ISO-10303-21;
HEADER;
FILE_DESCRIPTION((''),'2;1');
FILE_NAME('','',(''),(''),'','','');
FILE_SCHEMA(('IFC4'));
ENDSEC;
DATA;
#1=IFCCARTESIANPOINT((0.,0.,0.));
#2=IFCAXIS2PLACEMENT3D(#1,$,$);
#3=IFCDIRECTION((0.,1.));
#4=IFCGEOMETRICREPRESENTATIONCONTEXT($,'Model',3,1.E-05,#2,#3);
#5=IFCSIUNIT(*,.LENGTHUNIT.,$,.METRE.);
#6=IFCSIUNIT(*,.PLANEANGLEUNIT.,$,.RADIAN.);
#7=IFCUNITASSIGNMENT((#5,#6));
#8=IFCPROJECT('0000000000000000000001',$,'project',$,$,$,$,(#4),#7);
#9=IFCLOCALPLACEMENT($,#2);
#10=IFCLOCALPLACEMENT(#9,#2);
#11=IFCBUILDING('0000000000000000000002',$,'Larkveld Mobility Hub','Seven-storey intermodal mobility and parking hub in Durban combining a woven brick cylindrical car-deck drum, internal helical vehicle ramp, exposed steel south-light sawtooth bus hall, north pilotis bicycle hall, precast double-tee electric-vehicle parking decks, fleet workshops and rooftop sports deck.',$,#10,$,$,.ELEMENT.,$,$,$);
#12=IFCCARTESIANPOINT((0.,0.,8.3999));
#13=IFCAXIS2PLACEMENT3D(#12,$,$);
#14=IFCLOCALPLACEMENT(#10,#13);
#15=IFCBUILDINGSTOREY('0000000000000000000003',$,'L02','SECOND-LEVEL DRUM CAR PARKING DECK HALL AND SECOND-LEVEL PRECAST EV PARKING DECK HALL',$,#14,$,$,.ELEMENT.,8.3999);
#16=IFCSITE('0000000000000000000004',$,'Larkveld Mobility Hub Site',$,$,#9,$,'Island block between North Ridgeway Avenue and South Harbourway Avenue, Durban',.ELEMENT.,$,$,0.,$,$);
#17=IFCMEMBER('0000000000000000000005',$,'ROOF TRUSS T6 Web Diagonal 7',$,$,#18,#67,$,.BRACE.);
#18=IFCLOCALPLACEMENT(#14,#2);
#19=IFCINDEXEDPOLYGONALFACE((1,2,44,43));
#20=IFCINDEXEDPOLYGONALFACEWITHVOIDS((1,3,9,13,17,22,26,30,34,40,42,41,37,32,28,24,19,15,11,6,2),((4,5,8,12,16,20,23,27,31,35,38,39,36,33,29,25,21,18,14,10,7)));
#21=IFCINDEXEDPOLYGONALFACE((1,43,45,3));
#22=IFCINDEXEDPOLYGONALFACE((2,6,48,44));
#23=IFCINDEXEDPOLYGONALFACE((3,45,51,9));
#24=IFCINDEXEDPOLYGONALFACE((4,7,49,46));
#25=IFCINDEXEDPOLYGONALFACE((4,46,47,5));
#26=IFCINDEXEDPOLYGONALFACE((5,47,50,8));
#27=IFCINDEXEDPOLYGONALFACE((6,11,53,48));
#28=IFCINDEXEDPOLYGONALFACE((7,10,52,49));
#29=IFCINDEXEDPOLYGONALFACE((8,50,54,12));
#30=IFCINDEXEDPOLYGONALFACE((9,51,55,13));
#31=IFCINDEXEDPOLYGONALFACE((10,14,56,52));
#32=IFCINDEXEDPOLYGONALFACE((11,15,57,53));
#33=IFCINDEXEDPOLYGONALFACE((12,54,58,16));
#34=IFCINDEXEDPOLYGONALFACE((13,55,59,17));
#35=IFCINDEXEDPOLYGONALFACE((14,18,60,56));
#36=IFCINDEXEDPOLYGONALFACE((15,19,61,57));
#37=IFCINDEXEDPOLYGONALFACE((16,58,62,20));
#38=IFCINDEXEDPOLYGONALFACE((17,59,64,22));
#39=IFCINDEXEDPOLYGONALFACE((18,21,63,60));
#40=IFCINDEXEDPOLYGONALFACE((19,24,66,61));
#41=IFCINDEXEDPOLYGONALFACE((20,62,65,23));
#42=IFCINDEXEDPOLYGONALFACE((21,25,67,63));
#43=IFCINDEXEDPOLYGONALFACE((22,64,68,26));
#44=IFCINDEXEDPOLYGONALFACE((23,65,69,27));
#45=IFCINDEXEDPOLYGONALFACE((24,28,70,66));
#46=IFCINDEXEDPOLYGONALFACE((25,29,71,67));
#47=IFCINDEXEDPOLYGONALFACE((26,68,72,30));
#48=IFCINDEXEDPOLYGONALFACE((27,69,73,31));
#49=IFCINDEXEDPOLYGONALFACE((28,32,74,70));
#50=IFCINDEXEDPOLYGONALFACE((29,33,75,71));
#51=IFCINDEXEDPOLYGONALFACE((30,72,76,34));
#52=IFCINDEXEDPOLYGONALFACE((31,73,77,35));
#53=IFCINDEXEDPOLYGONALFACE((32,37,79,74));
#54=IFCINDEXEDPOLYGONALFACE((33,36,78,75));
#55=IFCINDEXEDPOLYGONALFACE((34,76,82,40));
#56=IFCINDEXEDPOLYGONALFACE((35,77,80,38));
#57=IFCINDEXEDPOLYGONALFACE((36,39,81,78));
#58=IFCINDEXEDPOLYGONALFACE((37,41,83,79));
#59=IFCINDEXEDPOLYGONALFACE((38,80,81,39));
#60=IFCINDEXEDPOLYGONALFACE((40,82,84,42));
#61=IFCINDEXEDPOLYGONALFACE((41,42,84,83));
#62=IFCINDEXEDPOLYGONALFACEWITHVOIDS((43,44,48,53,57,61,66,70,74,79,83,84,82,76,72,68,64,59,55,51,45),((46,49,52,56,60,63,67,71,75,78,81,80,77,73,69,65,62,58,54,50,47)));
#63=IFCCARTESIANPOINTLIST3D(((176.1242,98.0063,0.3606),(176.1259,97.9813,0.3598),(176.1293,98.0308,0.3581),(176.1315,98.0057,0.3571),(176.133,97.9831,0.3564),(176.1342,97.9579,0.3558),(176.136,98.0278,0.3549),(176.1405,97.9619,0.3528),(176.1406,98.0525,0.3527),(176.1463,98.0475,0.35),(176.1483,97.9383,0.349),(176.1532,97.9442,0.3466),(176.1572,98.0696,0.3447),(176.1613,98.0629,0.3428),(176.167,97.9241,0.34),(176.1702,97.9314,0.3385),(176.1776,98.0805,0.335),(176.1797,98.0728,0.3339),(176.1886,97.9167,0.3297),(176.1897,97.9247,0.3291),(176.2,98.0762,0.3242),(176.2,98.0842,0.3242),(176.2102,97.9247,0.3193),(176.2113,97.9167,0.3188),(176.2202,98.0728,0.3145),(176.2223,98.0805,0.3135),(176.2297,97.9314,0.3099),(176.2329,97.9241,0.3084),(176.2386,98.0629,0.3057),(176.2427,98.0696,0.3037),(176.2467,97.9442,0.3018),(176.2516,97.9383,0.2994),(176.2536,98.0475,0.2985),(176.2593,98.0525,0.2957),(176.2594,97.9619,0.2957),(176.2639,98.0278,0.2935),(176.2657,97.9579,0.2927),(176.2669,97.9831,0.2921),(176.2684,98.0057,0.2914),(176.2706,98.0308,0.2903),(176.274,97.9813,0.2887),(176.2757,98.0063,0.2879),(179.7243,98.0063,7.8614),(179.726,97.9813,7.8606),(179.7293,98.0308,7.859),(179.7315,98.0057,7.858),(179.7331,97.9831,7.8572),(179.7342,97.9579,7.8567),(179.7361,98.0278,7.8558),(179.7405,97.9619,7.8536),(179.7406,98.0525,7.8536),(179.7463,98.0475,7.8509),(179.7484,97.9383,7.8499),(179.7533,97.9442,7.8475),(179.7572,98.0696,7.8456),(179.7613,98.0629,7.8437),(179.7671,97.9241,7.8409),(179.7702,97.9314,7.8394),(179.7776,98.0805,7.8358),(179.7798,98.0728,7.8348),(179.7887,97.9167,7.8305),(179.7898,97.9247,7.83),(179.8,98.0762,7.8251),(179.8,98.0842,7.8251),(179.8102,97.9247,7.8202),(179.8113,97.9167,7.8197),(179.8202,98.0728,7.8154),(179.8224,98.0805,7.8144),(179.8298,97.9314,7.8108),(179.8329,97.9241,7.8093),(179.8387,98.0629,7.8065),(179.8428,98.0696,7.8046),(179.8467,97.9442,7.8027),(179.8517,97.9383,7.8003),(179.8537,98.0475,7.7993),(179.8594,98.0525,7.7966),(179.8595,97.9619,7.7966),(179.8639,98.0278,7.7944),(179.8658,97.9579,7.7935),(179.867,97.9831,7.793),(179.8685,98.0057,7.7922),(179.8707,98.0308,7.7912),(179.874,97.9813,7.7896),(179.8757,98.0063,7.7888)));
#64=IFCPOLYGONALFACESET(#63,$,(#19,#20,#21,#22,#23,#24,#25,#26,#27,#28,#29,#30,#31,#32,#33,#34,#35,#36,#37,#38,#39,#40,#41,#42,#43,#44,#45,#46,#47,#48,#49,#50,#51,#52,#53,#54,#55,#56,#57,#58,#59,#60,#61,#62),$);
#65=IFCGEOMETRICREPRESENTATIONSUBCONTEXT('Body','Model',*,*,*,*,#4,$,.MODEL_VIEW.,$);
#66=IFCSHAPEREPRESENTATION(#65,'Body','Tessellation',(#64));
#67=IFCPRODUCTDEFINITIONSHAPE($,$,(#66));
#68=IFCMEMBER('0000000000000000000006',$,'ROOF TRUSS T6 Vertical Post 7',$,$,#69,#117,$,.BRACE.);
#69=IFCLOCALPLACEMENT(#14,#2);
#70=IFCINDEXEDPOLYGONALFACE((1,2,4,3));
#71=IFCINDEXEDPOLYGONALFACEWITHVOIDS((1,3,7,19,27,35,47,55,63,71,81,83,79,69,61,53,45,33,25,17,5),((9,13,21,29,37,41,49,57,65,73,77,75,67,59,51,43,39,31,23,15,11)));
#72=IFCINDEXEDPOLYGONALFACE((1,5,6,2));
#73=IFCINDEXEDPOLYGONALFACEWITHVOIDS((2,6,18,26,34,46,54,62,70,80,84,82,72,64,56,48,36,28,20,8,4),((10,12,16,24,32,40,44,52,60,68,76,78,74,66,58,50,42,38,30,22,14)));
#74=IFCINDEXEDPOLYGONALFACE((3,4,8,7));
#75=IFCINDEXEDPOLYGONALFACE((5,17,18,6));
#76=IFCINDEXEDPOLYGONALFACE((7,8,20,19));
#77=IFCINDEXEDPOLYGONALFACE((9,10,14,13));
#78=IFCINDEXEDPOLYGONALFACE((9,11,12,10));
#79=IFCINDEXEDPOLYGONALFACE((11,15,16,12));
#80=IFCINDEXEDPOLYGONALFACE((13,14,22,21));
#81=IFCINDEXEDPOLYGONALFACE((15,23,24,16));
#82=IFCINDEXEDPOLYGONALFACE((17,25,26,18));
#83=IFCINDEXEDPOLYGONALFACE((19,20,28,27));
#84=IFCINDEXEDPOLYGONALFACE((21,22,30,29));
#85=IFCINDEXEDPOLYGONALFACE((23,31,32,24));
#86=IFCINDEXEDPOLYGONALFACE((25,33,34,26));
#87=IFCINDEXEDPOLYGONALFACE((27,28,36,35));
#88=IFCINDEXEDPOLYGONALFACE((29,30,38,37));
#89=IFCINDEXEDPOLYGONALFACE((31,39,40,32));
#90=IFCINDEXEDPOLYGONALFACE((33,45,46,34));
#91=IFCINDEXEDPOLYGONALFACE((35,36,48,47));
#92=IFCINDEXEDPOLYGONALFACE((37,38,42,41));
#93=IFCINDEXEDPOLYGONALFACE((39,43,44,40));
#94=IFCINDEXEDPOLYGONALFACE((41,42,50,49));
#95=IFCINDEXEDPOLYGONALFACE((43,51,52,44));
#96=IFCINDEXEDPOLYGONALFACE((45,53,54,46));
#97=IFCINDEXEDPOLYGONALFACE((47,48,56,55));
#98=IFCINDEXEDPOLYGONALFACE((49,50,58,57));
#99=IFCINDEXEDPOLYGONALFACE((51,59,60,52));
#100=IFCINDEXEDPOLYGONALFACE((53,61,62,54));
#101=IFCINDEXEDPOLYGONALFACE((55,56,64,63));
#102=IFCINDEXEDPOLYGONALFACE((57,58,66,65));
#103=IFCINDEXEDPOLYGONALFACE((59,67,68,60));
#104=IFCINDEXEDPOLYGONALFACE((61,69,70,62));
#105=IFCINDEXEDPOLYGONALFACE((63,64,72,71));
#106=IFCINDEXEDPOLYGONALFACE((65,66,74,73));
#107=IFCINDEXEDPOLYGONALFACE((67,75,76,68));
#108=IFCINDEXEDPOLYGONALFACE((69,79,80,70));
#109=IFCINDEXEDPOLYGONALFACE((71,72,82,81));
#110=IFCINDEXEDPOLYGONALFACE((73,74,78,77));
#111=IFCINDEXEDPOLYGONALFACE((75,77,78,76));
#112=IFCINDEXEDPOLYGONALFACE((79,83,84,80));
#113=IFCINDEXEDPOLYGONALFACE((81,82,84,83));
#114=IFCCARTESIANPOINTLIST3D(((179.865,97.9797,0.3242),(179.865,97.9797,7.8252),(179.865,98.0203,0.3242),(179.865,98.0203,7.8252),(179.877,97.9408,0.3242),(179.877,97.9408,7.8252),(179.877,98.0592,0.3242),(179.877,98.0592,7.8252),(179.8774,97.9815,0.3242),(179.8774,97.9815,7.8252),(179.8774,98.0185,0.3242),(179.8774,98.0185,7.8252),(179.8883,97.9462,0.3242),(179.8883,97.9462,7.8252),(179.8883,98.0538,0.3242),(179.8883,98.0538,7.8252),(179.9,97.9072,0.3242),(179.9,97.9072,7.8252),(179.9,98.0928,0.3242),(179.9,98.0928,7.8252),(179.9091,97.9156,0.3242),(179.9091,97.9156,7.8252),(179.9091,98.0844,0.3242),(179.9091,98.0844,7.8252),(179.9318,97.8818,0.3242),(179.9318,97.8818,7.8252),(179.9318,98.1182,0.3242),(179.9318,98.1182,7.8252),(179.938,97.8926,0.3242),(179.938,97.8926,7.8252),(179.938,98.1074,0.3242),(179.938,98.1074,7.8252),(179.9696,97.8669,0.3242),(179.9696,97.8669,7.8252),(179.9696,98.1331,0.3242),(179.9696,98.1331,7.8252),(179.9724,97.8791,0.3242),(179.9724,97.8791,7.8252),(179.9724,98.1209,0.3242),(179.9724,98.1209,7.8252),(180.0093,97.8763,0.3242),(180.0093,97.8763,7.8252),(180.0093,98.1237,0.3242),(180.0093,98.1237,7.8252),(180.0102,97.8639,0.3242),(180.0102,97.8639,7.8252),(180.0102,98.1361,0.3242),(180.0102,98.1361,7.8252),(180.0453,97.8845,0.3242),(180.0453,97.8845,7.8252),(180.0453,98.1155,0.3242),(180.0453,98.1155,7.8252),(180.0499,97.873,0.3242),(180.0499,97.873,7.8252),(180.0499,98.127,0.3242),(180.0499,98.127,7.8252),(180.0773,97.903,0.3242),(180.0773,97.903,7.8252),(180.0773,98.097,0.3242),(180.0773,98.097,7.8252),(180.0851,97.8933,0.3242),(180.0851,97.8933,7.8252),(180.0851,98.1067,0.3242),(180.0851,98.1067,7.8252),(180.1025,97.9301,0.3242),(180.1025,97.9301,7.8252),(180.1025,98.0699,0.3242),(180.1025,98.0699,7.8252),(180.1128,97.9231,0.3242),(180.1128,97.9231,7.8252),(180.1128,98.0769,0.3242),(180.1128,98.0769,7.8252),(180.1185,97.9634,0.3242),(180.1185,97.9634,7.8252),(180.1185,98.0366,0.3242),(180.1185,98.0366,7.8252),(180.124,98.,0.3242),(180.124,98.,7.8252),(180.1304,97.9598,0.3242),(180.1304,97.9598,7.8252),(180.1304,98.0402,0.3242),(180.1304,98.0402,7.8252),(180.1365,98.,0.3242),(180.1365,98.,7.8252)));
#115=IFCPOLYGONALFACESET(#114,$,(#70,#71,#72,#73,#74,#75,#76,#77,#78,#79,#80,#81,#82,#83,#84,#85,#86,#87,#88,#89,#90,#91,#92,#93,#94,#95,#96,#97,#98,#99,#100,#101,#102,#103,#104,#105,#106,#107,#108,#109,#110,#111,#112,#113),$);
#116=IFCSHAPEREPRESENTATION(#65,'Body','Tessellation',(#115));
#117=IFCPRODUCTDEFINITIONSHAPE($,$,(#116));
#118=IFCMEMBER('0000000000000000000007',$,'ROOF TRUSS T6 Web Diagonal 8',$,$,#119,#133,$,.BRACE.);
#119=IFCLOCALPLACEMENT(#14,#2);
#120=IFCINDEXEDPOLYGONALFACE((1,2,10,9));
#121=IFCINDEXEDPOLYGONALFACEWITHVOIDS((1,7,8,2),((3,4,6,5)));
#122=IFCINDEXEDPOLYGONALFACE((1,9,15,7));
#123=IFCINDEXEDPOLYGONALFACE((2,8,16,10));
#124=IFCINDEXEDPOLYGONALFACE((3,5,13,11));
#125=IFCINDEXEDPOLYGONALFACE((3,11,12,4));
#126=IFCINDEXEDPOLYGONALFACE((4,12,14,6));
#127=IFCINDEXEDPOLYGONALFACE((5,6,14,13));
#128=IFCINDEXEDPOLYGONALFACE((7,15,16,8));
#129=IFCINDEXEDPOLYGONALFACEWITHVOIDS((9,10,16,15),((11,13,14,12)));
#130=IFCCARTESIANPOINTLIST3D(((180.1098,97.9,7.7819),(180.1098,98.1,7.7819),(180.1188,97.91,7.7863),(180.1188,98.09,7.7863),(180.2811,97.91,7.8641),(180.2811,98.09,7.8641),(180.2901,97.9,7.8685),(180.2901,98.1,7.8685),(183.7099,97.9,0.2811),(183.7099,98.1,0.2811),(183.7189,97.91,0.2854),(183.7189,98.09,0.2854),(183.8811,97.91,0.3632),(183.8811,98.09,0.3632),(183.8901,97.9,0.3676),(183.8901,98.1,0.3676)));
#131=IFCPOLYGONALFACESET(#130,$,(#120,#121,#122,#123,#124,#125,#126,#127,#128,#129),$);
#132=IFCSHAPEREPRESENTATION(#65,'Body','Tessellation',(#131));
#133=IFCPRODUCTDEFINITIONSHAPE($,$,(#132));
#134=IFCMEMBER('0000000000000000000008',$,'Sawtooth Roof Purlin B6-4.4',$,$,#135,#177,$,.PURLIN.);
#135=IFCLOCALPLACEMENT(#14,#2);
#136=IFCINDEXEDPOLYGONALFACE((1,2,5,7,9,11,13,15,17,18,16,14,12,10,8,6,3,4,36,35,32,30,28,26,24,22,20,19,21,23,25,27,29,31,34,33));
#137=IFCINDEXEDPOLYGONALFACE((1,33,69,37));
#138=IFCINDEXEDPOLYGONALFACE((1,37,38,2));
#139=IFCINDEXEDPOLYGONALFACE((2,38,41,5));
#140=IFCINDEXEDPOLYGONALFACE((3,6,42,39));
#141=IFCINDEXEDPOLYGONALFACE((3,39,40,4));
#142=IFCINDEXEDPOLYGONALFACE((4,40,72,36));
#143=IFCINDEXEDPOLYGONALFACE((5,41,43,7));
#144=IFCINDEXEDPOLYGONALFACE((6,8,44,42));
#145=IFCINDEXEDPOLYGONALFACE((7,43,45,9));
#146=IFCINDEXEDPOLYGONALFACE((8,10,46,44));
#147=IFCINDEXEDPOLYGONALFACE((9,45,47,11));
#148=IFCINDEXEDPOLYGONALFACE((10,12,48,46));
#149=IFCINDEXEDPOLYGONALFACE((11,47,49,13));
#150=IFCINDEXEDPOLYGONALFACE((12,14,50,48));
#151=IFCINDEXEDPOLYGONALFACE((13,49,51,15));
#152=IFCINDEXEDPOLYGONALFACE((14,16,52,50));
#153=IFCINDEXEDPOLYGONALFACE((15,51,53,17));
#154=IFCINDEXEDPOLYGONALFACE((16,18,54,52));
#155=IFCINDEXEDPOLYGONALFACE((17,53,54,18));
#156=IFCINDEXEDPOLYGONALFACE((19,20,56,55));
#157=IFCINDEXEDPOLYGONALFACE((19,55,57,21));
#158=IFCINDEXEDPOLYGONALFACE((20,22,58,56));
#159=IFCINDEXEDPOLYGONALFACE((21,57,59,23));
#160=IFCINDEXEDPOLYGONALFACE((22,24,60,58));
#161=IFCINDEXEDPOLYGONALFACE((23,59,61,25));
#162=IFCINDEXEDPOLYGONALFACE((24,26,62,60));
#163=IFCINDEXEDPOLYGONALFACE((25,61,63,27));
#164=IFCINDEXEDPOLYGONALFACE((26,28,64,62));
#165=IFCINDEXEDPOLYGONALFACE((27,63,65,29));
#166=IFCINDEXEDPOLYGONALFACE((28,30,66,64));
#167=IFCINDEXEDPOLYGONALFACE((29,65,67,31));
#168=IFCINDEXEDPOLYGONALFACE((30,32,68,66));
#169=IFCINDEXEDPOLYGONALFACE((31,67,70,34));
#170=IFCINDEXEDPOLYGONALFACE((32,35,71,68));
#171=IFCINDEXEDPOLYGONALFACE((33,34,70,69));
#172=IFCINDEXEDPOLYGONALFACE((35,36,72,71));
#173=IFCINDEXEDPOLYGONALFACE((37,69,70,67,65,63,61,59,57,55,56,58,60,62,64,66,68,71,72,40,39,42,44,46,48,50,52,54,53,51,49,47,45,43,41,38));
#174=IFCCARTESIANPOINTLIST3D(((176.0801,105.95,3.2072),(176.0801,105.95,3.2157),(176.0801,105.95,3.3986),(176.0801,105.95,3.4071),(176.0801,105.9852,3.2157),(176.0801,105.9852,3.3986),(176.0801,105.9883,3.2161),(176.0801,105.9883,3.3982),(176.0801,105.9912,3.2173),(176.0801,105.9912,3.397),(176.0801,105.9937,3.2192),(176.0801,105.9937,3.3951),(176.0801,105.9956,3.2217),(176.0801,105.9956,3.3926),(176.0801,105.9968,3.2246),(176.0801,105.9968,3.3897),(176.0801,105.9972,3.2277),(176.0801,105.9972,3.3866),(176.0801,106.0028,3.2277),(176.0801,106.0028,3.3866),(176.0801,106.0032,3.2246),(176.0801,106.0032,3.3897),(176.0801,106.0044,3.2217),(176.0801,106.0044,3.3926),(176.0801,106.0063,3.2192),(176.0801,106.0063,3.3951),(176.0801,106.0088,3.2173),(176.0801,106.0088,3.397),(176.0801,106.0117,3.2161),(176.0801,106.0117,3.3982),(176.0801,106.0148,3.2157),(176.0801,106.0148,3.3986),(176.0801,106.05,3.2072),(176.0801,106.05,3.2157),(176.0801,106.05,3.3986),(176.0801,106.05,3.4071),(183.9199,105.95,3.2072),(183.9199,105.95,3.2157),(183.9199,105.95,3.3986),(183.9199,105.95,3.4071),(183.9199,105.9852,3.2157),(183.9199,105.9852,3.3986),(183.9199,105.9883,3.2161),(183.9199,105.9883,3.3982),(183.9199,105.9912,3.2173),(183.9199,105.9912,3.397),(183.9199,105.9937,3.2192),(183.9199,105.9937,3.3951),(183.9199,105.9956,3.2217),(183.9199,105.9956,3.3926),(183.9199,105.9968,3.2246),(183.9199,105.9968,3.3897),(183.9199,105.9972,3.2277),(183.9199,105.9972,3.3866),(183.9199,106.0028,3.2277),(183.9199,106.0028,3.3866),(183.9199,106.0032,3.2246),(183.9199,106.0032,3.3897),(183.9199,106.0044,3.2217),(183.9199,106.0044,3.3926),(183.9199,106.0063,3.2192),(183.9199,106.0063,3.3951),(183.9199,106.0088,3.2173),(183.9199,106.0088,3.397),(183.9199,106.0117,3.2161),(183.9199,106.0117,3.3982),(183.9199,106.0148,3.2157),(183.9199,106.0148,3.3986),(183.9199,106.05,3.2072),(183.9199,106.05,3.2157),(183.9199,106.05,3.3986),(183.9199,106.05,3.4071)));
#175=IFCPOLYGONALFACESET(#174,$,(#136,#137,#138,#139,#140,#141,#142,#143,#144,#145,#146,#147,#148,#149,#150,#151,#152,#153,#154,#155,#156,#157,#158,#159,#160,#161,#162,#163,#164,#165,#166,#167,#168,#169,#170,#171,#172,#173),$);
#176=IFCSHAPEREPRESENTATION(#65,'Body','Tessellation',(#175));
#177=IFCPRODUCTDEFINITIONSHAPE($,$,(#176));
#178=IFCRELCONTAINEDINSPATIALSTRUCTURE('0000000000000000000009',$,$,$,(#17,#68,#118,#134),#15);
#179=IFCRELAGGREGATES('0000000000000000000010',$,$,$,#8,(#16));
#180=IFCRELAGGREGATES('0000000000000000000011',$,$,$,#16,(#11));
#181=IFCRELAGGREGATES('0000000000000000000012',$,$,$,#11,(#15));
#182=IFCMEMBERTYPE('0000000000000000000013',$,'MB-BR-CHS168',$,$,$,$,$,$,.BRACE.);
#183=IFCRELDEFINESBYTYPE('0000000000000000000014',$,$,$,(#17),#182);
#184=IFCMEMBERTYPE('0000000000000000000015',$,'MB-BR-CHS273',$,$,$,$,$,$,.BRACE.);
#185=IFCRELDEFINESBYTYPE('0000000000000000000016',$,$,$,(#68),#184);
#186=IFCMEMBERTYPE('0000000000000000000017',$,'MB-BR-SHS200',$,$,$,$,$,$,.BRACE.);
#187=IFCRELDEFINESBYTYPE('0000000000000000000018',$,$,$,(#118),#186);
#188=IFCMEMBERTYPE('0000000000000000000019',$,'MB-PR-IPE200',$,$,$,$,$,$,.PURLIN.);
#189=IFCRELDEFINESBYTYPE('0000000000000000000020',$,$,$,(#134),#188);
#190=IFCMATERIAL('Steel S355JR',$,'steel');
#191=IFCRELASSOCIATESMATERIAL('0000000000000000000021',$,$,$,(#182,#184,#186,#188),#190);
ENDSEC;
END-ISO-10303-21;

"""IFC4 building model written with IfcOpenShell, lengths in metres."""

from ifc_helpers import new_model, si_unit, direction, frame, origin, origin_2d, place, context, subcontext, project, spatial, hollow_rectangle, hollow_circle, i_section, extrude, material, material_profile, profile_set, type_object, element, save


model = new_model("IFC4")

# Units and contexts
model_context = context("Model", 3, precision=1e-05, world=origin(), true_north=direction((0.0, 1.0)))
body_context = subcontext(model_context, "Body", "Model", "MODEL_VIEW")
ifc_project = project(units=[si_unit("LENGTHUNIT", "METRE"), si_unit("PLANEANGLEUNIT", "RADIAN")], contexts=[model_context])

# Site, building, storey
site_placement = place(None, origin())
site = spatial("IfcSite", under=ifc_project, at=site_placement, Name="Larkveld Mobility Hub Site", LongName="Island block between North Ridgeway Avenue and South Harbourway Avenue, Durban", CompositionType="ELEMENT", RefElevation=0.0)
building_placement = place(site_placement, origin())
building = spatial("IfcBuilding", under=site, at=building_placement, Name="Larkveld Mobility Hub", Description="Seven-storey intermodal mobility and parking hub in Durban combining a woven brick cylindrical car-deck drum, internal helical vehicle ramp, exposed steel south-light sawtooth bus hall, north pilotis bicycle hall, precast double-tee electric-vehicle parking decks, fleet workshops and rooftop sports deck.", CompositionType="ELEMENT")
storey_placement = place(building_placement, frame((0.0, 0.0, 8.3999)))
storey = spatial("IfcBuildingStorey", under=building, at=storey_placement, Name="L02", Description="SECOND-LEVEL DRUM CAR PARKING DECK HALL AND SECOND-LEVEL PRECAST EV PARKING DECK HALL", CompositionType="ELEMENT", Elevation=8.3999)

# Shared definitions
ifc_material_1 = material(Name="Steel S355JR", Category="steel")

# Members
ifc_material_profile_1 = material_profile(ifc_material_1, hollow_circle(Radius=0.0842, WallThickness=0.0081, at=origin_2d()), Name="CHS 168.3x8")
ifc_profile_set_1 = profile_set([ifc_material_profile_1], Name="Steel S355JR")
member_type_1 = type_object("IfcMemberType", Name="MB-BR-CHS168", PredefinedType="BRACE", material=ifc_profile_set_1)
member_1_placement = place(storey_placement, frame((176.2, 98.0, 0.3242), z_axis=(0.432695, 0.0, 0.90154), x_axis=(0.0, 1.0, 0.0)))
element("IfcMember", 1, at=member_1_placement, inside=storey, type_object=member_type_1, Name="ROOF TRUSS T6 Web Diagonal 7", PredefinedType="BRACE", context=body_context, shape_type="SweptSolid", body=[
    extrude(hollow_circle(Radius=0.0842, WallThickness=0.0081, at=origin_2d()), origin(), (0.0, 0.0, 1.0), 8.3201),
])
ifc_material_profile_2 = material_profile(ifc_material_1, hollow_circle(Radius=0.1365, WallThickness=0.0125, at=origin_2d()), Name="CHS 273x12.5")
ifc_profile_set_2 = profile_set([ifc_material_profile_2], Name="Steel S355JR")
member_type_2 = type_object("IfcMemberType", Name="MB-BR-CHS273", PredefinedType="BRACE", material=ifc_profile_set_2)
member_2_placement = place(storey_placement, frame((180.0, 98.0, 0.3242), z_axis=(0.0, 0.0, 1.0), x_axis=(1.0, 0.0, 0.0)))
element("IfcMember", 2, at=member_2_placement, inside=storey, type_object=member_type_2, Name="ROOF TRUSS T6 Vertical Post 7", PredefinedType="BRACE", context=body_context, shape_type="SweptSolid", body=[
    extrude(hollow_circle(Radius=0.1365, WallThickness=0.0125, at=origin_2d()), origin(), (0.0, 0.0, 1.0), 7.501),
])
ifc_material_profile_3 = material_profile(ifc_material_1, hollow_rectangle(XDim=0.2, YDim=0.2, WallThickness=0.01, at=origin_2d()), Name="SHS 200x200x10")
ifc_profile_set_3 = profile_set([ifc_material_profile_3], Name="Steel S355JR")
member_type_3 = type_object("IfcMemberType", Name="MB-BR-SHS200", PredefinedType="BRACE", material=ifc_profile_set_3)
member_3_placement = place(storey_placement, frame((180.2, 98.0, 7.8252), z_axis=(0.432695, 0.0, -0.90154), x_axis=(0.0, 1.0, 0.0)))
element("IfcMember", 3, at=member_3_placement, inside=storey, type_object=member_type_3, Name="ROOF TRUSS T6 Web Diagonal 8", PredefinedType="BRACE", context=body_context, shape_type="SweptSolid", body=[
    extrude(hollow_rectangle(XDim=0.2, YDim=0.2, WallThickness=0.01, at=origin_2d()), origin(), (0.0, 0.0, 1.0), 8.3201),
])
ifc_material_profile_4 = material_profile(ifc_material_1, i_section(OverallWidth=0.1001, OverallDepth=0.2, WebThickness=0.0056, FlangeThickness=0.0085, FilletRadius=0.012, at=origin_2d()), Name="IPE 200")
ifc_profile_set_4 = profile_set([ifc_material_profile_4], Name="Steel S355JR")
member_type_4 = type_object("IfcMemberType", Name="MB-PR-IPE200", PredefinedType="PURLIN", material=ifc_profile_set_4)
member_4_placement = place(storey_placement, frame((176.0801, 106.0, 3.3071), z_axis=(1.0, 0.0, 0.0), x_axis=(0.0, 1.0, 0.0)))
element("IfcMember", 4, at=member_4_placement, inside=storey, type_object=member_type_4, Name="Sawtooth Roof Purlin B6-4.4", PredefinedType="PURLIN", context=body_context, shape_type="SweptSolid", body=[
    extrude(i_section(OverallWidth=0.1001, OverallDepth=0.2, WebThickness=0.0056, FlangeThickness=0.0085, FilletRadius=0.012, at=origin_2d()), origin(), (0.0, 0.0, 1.0), 7.8398),
])

save(model, "model.ifc")
